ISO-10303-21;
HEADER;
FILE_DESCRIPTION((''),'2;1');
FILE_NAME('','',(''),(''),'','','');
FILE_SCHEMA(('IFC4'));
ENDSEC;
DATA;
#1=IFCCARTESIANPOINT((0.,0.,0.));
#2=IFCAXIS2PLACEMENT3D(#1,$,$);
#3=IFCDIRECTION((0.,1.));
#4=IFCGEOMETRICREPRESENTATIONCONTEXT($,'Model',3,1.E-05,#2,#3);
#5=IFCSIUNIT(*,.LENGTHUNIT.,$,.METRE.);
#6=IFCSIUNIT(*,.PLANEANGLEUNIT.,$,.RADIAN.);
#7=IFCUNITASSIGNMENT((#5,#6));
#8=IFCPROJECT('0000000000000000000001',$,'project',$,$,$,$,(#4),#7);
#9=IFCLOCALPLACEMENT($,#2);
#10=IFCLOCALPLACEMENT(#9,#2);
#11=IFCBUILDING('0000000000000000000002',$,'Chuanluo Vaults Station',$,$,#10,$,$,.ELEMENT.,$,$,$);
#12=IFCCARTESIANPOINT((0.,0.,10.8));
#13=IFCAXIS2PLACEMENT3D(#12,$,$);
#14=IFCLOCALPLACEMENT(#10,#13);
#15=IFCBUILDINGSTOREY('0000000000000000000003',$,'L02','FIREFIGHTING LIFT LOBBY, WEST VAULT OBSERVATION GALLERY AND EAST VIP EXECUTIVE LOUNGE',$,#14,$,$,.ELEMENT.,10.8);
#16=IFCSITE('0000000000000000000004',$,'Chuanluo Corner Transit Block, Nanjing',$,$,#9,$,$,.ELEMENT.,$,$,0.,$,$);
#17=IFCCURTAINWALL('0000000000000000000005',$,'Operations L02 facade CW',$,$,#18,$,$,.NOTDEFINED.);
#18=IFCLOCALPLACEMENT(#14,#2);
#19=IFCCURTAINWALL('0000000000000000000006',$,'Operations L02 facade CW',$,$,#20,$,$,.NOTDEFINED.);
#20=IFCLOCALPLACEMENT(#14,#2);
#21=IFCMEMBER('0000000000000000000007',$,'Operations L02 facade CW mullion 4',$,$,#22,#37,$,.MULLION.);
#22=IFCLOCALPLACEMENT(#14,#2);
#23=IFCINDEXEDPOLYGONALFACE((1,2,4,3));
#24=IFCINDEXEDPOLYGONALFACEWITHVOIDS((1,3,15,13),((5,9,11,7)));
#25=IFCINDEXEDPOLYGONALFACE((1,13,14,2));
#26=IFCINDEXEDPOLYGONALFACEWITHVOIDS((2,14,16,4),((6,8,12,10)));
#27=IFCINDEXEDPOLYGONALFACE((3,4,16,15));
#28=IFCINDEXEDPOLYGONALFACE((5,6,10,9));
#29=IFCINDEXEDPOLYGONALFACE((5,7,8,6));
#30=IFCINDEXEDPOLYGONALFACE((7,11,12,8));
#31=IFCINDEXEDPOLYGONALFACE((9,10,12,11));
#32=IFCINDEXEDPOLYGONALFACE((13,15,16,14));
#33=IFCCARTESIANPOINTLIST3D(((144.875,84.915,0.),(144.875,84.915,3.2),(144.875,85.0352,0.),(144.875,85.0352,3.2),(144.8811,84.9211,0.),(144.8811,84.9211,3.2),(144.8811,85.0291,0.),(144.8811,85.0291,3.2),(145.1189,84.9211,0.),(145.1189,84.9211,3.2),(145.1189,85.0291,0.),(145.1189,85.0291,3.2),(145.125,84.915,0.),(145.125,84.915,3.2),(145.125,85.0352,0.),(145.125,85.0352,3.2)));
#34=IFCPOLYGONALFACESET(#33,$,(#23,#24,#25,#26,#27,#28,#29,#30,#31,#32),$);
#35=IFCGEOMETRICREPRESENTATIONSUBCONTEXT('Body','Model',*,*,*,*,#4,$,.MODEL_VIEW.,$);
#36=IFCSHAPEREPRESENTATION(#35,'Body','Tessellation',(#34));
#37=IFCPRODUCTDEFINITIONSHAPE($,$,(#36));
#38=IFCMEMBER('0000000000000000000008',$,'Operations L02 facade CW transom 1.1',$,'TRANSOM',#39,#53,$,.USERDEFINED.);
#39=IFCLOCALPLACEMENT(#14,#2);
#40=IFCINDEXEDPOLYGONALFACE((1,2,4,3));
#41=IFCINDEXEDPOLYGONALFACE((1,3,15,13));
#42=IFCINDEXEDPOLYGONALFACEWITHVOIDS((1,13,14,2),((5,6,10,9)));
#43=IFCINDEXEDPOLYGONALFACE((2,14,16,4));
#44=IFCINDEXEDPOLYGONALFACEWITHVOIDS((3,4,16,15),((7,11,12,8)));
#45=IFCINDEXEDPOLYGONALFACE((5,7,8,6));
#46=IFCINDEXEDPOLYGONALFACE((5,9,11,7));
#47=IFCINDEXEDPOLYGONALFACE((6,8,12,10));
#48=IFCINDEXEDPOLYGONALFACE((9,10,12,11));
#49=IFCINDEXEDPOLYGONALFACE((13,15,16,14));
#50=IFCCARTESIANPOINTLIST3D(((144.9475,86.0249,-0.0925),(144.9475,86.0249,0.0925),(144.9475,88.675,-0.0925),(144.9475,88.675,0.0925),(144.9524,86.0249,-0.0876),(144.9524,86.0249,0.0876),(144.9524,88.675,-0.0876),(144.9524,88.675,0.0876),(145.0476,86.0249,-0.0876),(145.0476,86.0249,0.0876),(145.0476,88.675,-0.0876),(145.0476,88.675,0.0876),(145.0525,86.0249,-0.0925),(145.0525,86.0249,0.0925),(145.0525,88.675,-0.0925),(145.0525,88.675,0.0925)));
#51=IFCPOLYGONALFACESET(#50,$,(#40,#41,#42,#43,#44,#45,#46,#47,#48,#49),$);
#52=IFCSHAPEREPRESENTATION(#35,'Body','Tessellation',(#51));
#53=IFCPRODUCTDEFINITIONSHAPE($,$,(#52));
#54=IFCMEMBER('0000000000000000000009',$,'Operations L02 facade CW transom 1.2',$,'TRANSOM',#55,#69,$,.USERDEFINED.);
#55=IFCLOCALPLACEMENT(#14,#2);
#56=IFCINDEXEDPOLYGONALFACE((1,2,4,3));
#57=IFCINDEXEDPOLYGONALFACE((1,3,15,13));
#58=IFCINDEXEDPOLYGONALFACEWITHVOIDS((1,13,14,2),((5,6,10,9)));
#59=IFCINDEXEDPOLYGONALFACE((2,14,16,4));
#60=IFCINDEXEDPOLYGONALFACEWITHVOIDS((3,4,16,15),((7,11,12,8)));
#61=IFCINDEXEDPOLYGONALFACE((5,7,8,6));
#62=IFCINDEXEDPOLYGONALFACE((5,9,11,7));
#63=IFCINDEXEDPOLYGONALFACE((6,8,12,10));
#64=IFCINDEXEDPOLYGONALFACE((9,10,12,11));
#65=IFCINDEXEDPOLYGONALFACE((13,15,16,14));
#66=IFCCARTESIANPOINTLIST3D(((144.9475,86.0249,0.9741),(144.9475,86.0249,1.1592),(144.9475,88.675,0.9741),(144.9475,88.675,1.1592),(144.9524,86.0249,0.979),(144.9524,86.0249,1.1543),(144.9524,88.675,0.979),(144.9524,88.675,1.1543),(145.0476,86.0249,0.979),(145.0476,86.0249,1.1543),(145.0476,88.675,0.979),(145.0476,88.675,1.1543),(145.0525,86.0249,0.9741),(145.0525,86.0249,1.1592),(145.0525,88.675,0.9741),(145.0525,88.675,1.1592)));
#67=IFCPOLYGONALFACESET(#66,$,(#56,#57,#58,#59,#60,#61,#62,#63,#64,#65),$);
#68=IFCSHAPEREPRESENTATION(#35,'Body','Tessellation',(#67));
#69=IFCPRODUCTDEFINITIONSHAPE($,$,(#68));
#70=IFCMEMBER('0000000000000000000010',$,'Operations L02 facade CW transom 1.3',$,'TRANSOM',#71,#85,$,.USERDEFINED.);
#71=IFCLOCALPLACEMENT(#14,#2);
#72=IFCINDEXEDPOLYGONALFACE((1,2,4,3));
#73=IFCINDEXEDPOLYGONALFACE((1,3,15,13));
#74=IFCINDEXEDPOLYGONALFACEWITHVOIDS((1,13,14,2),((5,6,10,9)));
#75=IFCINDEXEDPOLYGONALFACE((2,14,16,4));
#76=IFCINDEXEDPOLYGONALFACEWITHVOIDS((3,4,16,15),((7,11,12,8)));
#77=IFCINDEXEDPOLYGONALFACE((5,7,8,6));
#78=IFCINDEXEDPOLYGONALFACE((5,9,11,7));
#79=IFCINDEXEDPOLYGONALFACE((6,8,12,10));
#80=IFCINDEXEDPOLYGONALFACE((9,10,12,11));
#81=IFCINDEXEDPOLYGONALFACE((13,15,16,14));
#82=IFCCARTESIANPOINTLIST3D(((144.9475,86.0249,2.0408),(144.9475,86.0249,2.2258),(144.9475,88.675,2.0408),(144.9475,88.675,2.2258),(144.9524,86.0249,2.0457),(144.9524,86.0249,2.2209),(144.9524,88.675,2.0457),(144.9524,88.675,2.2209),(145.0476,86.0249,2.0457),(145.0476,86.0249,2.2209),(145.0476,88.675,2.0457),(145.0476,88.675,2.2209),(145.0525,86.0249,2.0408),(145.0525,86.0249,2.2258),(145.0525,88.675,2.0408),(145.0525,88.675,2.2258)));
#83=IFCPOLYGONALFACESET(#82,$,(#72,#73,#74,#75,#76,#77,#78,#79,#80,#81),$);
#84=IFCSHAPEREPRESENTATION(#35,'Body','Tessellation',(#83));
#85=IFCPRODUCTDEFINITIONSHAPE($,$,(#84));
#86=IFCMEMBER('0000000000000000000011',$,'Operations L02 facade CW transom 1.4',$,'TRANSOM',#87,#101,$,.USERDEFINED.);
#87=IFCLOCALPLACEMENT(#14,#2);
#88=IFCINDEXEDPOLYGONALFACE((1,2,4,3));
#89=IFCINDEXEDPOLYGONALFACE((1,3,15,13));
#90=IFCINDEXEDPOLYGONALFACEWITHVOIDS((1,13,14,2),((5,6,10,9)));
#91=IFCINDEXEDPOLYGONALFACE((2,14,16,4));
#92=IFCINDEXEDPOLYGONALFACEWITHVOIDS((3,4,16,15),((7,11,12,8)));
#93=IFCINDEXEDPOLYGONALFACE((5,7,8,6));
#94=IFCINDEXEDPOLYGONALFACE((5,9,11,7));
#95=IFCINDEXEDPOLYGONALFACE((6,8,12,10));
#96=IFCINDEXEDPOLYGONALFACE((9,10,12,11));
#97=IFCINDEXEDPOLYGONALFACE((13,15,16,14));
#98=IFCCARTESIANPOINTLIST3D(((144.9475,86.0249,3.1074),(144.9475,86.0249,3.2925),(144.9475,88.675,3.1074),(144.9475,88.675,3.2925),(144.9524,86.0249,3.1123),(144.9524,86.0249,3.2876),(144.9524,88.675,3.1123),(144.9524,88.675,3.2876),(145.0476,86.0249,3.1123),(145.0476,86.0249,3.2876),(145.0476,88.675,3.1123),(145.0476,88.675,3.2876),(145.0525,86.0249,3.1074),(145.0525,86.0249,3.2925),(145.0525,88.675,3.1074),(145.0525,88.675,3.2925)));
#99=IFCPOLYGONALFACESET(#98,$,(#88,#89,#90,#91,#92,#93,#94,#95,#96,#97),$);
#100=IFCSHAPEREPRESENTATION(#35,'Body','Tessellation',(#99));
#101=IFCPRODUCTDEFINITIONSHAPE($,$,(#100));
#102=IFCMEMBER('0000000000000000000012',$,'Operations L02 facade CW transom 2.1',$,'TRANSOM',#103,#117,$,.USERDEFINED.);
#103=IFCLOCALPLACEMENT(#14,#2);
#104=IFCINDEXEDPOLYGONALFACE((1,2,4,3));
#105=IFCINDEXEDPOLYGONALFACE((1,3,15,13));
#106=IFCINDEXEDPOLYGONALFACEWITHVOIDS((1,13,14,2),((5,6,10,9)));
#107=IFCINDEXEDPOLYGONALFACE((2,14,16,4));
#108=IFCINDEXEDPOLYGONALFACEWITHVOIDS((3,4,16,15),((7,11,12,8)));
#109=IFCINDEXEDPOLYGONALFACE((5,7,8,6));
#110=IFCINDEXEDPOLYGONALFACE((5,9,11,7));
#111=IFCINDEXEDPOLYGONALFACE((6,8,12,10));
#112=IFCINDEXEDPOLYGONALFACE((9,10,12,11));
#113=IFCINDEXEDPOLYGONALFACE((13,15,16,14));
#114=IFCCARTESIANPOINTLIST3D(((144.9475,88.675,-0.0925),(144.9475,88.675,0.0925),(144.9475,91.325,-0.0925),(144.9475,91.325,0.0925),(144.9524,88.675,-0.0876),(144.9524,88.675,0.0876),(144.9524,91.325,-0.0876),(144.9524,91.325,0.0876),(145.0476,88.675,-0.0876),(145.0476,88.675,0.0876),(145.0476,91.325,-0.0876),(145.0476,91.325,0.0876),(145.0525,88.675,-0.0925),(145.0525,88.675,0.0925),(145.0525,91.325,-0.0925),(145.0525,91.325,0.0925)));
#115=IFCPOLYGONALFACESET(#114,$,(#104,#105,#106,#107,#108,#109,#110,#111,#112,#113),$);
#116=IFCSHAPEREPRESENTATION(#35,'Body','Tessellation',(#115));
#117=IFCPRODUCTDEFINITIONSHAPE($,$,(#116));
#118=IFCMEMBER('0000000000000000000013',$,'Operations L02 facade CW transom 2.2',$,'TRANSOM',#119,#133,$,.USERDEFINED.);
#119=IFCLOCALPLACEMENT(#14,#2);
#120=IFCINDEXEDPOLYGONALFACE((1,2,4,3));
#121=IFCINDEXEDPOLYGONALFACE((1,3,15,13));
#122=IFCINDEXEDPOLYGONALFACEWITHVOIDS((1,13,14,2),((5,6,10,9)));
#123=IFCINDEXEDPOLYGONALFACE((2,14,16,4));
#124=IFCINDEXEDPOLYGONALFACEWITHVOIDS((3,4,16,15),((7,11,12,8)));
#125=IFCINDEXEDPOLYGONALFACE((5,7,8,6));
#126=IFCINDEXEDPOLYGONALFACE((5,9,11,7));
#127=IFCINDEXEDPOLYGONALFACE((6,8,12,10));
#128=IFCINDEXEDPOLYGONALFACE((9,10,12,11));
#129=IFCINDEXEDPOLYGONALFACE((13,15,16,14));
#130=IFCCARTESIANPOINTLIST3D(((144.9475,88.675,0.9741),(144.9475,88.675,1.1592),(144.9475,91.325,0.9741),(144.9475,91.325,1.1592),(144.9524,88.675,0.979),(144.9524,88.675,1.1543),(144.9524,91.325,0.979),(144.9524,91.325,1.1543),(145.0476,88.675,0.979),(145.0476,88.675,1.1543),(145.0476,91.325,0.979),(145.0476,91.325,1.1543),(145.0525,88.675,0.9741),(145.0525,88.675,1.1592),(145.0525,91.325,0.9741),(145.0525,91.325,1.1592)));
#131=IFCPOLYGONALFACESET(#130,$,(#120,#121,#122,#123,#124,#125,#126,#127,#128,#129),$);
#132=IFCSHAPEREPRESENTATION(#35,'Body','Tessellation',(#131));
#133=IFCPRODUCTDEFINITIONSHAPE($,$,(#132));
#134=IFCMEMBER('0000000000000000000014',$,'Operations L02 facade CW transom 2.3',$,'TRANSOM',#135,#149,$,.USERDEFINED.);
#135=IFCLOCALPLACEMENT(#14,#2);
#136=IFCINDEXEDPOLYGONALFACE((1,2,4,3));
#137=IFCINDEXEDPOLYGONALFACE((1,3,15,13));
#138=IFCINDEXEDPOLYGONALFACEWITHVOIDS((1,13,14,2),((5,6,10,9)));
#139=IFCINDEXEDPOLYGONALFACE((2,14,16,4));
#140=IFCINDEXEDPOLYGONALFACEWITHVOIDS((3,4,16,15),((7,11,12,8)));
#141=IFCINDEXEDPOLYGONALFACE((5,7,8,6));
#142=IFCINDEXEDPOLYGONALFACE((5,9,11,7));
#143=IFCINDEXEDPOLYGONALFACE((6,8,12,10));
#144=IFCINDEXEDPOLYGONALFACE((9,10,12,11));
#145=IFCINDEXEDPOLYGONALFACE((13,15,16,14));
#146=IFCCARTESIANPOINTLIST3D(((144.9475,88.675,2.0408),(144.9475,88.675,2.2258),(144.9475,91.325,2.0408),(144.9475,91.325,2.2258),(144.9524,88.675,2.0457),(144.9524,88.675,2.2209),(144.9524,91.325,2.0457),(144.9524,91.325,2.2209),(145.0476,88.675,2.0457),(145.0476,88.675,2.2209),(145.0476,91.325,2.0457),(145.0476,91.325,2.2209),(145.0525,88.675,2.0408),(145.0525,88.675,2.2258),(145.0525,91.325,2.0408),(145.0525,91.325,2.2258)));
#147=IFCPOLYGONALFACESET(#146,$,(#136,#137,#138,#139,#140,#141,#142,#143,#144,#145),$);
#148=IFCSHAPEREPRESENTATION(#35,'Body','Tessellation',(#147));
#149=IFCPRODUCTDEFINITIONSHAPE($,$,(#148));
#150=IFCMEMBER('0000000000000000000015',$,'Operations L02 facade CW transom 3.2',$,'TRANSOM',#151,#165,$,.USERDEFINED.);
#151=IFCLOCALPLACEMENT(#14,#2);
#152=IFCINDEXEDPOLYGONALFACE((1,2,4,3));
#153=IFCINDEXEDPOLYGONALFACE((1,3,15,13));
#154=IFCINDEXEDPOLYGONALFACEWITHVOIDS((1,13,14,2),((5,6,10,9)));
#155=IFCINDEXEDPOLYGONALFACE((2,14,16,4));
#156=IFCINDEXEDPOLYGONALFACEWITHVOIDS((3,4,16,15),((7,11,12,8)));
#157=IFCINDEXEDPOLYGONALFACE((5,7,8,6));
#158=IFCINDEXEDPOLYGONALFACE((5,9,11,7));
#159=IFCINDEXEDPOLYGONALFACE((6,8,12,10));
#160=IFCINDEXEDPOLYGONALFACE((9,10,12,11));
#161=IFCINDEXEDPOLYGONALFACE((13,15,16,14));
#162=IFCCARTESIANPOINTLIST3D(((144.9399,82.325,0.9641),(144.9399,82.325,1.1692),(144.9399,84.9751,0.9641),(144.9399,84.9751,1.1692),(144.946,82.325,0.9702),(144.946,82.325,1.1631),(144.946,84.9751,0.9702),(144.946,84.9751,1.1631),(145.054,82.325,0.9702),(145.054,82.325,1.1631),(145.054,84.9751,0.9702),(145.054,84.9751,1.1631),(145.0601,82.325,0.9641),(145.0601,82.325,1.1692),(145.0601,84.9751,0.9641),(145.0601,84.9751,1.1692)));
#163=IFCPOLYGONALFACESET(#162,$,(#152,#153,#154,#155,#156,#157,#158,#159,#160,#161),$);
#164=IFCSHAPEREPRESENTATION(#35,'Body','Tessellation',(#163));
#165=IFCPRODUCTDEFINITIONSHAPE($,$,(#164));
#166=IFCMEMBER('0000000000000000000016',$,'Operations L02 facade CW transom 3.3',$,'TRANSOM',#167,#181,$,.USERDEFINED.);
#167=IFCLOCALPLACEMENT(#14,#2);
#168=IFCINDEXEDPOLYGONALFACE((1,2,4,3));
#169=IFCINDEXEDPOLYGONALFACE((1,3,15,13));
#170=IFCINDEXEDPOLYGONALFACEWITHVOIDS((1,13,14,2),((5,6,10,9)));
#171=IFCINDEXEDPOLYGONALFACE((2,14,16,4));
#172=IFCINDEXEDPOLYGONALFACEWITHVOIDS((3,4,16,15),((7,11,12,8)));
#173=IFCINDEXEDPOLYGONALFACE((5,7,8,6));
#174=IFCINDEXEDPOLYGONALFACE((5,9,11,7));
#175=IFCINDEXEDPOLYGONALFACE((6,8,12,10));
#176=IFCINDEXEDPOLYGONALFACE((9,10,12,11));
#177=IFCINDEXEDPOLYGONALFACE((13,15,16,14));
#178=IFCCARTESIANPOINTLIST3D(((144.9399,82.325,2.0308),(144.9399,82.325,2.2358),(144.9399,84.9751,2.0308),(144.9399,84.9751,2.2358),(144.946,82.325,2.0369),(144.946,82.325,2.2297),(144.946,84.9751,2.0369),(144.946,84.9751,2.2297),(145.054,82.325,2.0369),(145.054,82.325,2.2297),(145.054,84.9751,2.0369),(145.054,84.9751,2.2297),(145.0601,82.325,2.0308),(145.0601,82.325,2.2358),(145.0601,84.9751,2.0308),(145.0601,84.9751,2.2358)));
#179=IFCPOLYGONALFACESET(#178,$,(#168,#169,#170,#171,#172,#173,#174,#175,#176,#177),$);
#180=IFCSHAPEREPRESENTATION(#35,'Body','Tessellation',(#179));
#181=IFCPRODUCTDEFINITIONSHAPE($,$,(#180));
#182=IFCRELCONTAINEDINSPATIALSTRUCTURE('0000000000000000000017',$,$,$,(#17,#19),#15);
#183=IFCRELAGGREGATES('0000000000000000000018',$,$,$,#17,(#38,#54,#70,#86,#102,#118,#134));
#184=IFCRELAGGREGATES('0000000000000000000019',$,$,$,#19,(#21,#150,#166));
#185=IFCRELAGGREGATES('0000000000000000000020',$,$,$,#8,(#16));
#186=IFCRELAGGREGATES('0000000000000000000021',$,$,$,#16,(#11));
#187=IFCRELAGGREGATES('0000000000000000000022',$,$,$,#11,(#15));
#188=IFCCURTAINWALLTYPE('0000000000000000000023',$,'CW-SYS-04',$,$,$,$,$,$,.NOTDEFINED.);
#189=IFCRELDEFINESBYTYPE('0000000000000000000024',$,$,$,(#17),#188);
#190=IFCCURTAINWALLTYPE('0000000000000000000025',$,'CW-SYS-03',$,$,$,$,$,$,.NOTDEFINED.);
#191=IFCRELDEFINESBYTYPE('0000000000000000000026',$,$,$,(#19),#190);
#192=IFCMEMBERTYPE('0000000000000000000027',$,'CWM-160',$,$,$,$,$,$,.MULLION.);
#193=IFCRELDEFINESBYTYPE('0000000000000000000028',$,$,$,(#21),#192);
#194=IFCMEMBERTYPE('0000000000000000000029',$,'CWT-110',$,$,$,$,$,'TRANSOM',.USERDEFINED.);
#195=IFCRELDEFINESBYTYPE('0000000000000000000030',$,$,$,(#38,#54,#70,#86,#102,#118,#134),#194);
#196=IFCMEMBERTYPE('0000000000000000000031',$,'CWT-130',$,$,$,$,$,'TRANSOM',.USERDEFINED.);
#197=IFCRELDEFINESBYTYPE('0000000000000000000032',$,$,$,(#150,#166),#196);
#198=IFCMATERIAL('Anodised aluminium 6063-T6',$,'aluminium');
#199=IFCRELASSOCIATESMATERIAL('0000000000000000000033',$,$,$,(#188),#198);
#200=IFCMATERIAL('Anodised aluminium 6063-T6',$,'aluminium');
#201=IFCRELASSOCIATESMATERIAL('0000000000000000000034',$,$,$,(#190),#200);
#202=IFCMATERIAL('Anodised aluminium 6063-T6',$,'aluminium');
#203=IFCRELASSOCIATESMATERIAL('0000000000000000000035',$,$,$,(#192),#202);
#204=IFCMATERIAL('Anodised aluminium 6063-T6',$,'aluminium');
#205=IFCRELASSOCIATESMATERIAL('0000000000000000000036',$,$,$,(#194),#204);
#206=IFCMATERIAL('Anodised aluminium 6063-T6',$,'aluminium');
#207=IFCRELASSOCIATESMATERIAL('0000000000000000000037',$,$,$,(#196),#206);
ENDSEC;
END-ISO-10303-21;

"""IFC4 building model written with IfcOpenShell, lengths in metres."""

from ifc_helpers import new_model, si_unit, direction, frame, origin, origin_2d, place, context, subcontext, project, spatial, hollow_rectangle, extrude, material, material_profile, profile_set, type_object, element, aggregate, save


model = new_model("IFC4")

# Units and contexts
model_context = context("Model", 3, precision=1e-05, world=origin(), true_north=direction((0.0, 1.0)))
body_context = subcontext(model_context, "Body", "Model", "MODEL_VIEW")
ifc_project = project(units=[si_unit("LENGTHUNIT", "METRE"), si_unit("PLANEANGLEUNIT", "RADIAN")], contexts=[model_context])

# Site, building, storey
site_placement = place(None, origin())
site = spatial("IfcSite", under=ifc_project, at=site_placement, Name="Chuanluo Corner Transit Block, Nanjing", CompositionType="ELEMENT", RefElevation=0.0)
building_placement = place(site_placement, origin())
building = spatial("IfcBuilding", under=site, at=building_placement, Name="Chuanluo Vaults Station", CompositionType="ELEMENT")
storey_placement = place(building_placement, frame((0.0, 0.0, 10.8)))
storey = spatial("IfcBuildingStorey", under=building, at=storey_placement, Name="L02", Description="FIREFIGHTING LIFT LOBBY, WEST VAULT OBSERVATION GALLERY AND EAST VIP EXECUTIVE LOUNGE", CompositionType="ELEMENT", Elevation=10.8)

# Curtain wall
ifc_material_1 = material(Name="Anodised aluminium 6063-T6", Category="aluminium")
curtain_wall_type_1 = type_object("IfcCurtainWallType", Name="CW-SYS-04", PredefinedType="NOTDEFINED", material=ifc_material_1)
curtain_wall_1_placement = place(storey_placement, origin())
curtain_wall_1 = element("IfcCurtainWall", 1, at=curtain_wall_1_placement, inside=storey, type_object=curtain_wall_type_1, Name="Operations L02 facade CW", PredefinedType="NOTDEFINED")

# Curtain wall, member
ifc_material_2 = material(Name="Anodised aluminium 6063-T6", Category="aluminium")
curtain_wall_type_2 = type_object("IfcCurtainWallType", Name="CW-SYS-03", PredefinedType="NOTDEFINED", material=ifc_material_2)
curtain_wall_2_placement = place(storey_placement, origin())
curtain_wall_2 = element("IfcCurtainWall", 2, at=curtain_wall_2_placement, inside=storey, type_object=curtain_wall_type_2, Name="Operations L02 facade CW", PredefinedType="NOTDEFINED")
ifc_material_3 = material(Name="Anodised aluminium 6063-T6", Category="aluminium")
ifc_material_profile_1 = material_profile(ifc_material_3, hollow_rectangle(XDim=0.1201, YDim=0.25, WallThickness=0.0061, at=origin_2d()))
ifc_profile_set_1 = profile_set([ifc_material_profile_1], Name="Anodised aluminium 6063-T6")
member_type_1 = type_object("IfcMemberType", Name="CWM-160", PredefinedType="MULLION", material=ifc_profile_set_1)
member_1_placement = place(storey_placement, frame((145.0, 84.9751, 0.0), z_axis=(0.0, 0.0, 1.0), x_axis=(0.0, 1.0, 0.0)))
member_1 = element("IfcMember", 3, at=member_1_placement, type_object=member_type_1, Name="Operations L02 facade CW mullion 4", PredefinedType="MULLION", context=body_context, shape_type="SweptSolid", body=[
    extrude(hollow_rectangle(XDim=0.1201, YDim=0.25, WallThickness=0.0061, at=origin_2d()), origin(), (0.0, 0.0, 1.0), 3.2),
])

# Members
ifc_material_4 = material(Name="Anodised aluminium 6063-T6", Category="aluminium")
ifc_material_profile_2 = material_profile(ifc_material_4, hollow_rectangle(XDim=0.105, YDim=0.1851, WallThickness=0.0049, at=origin_2d()))
ifc_profile_set_2 = profile_set([ifc_material_profile_2], Name="Anodised aluminium 6063-T6")
member_type_2 = type_object("IfcMemberType", Name="CWT-110", ElementType="TRANSOM", PredefinedType="USERDEFINED", material=ifc_profile_set_2)
member_2_placement = place(storey_placement, frame((145.0, 86.0249, 0.0), z_axis=(0.0, 1.0, 0.0), x_axis=(-1.0, 0.0, 0.0)))
member_2 = element("IfcMember", 4, at=member_2_placement, type_object=member_type_2, Name="Operations L02 facade CW transom 1.1", ObjectType="TRANSOM", PredefinedType="USERDEFINED", context=body_context, shape_type="SweptSolid", body=[
    extrude(hollow_rectangle(XDim=0.105, YDim=0.1851, WallThickness=0.0049, at=origin_2d()), origin(), (0.0, 0.0, 1.0), 2.6501),
])
member_3_placement = place(storey_placement, frame((145.0, 86.0249, 1.0667), z_axis=(0.0, 1.0, 0.0), x_axis=(-1.0, 0.0, 0.0)))
member_3 = element("IfcMember", 5, at=member_3_placement, type_object=member_type_2, Name="Operations L02 facade CW transom 1.2", ObjectType="TRANSOM", PredefinedType="USERDEFINED", context=body_context, shape_type="SweptSolid", body=[
    extrude(hollow_rectangle(XDim=0.105, YDim=0.1851, WallThickness=0.0049, at=origin_2d()), origin(), (0.0, 0.0, 1.0), 2.6501),
])
member_4_placement = place(storey_placement, frame((145.0, 86.0249, 2.1333), z_axis=(0.0, 1.0, 0.0), x_axis=(-1.0, 0.0, 0.0)))
member_4 = element("IfcMember", 6, at=member_4_placement, type_object=member_type_2, Name="Operations L02 facade CW transom 1.3", ObjectType="TRANSOM", PredefinedType="USERDEFINED", context=body_context, shape_type="SweptSolid", body=[
    extrude(hollow_rectangle(XDim=0.105, YDim=0.1851, WallThickness=0.0049, at=origin_2d()), origin(), (0.0, 0.0, 1.0), 2.6501),
])
member_5_placement = place(storey_placement, frame((145.0, 86.0249, 3.2), z_axis=(0.0, 1.0, 0.0), x_axis=(-1.0, 0.0, 0.0)))
member_5 = element("IfcMember", 7, at=member_5_placement, type_object=member_type_2, Name="Operations L02 facade CW transom 1.4", ObjectType="TRANSOM", PredefinedType="USERDEFINED", context=body_context, shape_type="SweptSolid", body=[
    extrude(hollow_rectangle(XDim=0.105, YDim=0.1851, WallThickness=0.0049, at=origin_2d()), origin(), (0.0, 0.0, 1.0), 2.6501),
])
member_6_placement = place(storey_placement, frame((145.0, 88.675, 0.0), z_axis=(0.0, 1.0, 0.0), x_axis=(-1.0, 0.0, 0.0)))
member_6 = element("IfcMember", 8, at=member_6_placement, type_object=member_type_2, Name="Operations L02 facade CW transom 2.1", ObjectType="TRANSOM", PredefinedType="USERDEFINED", context=body_context, shape_type="SweptSolid", body=[
    extrude(hollow_rectangle(XDim=0.105, YDim=0.1851, WallThickness=0.0049, at=origin_2d()), origin(), (0.0, 0.0, 1.0), 2.6499),
])
member_7_placement = place(storey_placement, frame((145.0, 88.675, 1.0667), z_axis=(0.0, 1.0, 0.0), x_axis=(-1.0, 0.0, 0.0)))
member_7 = element("IfcMember", 9, at=member_7_placement, type_object=member_type_2, Name="Operations L02 facade CW transom 2.2", ObjectType="TRANSOM", PredefinedType="USERDEFINED", context=body_context, shape_type="SweptSolid", body=[
    extrude(hollow_rectangle(XDim=0.105, YDim=0.1851, WallThickness=0.0049, at=origin_2d()), origin(), (0.0, 0.0, 1.0), 2.6499),
])
member_8_placement = place(storey_placement, frame((145.0, 88.675, 2.1333), z_axis=(0.0, 1.0, 0.0), x_axis=(-1.0, 0.0, 0.0)))
member_8 = element("IfcMember", 10, at=member_8_placement, type_object=member_type_2, Name="Operations L02 facade CW transom 2.3", ObjectType="TRANSOM", PredefinedType="USERDEFINED", context=body_context, shape_type="SweptSolid", body=[
    extrude(hollow_rectangle(XDim=0.105, YDim=0.1851, WallThickness=0.0049, at=origin_2d()), origin(), (0.0, 0.0, 1.0), 2.6499),
])
ifc_material_5 = material(Name="Anodised aluminium 6063-T6", Category="aluminium")
ifc_material_profile_3 = material_profile(ifc_material_5, hollow_rectangle(XDim=0.1201, YDim=0.2051, WallThickness=0.0061, at=origin_2d()))
ifc_profile_set_3 = profile_set([ifc_material_profile_3], Name="Anodised aluminium 6063-T6")
member_type_3 = type_object("IfcMemberType", Name="CWT-130", ElementType="TRANSOM", PredefinedType="USERDEFINED", material=ifc_profile_set_3)
member_9_placement = place(storey_placement, frame((145.0, 82.325, 1.0667), z_axis=(0.0, 1.0, 0.0), x_axis=(-1.0, 0.0, 0.0)))
member_9 = element("IfcMember", 11, at=member_9_placement, type_object=member_type_3, Name="Operations L02 facade CW transom 3.2", ObjectType="TRANSOM", PredefinedType="USERDEFINED", context=body_context, shape_type="SweptSolid", body=[
    extrude(hollow_rectangle(XDim=0.1201, YDim=0.2051, WallThickness=0.0061, at=origin_2d()), origin(), (0.0, 0.0, 1.0), 2.6501),
])
member_10_placement = place(storey_placement, frame((145.0, 82.325, 2.1333), z_axis=(0.0, 1.0, 0.0), x_axis=(-1.0, 0.0, 0.0)))
member_10 = element("IfcMember", 12, at=member_10_placement, type_object=member_type_3, Name="Operations L02 facade CW transom 3.3", ObjectType="TRANSOM", PredefinedType="USERDEFINED", context=body_context, shape_type="SweptSolid", body=[
    extrude(hollow_rectangle(XDim=0.1201, YDim=0.2051, WallThickness=0.0061, at=origin_2d()), origin(), (0.0, 0.0, 1.0), 2.6501),
])

aggregate(curtain_wall_1, [member_2, member_3, member_4, member_5, member_6, member_7, member_8])
aggregate(curtain_wall_2, [member_1, member_9, member_10])

save(model, "model.ifc")
